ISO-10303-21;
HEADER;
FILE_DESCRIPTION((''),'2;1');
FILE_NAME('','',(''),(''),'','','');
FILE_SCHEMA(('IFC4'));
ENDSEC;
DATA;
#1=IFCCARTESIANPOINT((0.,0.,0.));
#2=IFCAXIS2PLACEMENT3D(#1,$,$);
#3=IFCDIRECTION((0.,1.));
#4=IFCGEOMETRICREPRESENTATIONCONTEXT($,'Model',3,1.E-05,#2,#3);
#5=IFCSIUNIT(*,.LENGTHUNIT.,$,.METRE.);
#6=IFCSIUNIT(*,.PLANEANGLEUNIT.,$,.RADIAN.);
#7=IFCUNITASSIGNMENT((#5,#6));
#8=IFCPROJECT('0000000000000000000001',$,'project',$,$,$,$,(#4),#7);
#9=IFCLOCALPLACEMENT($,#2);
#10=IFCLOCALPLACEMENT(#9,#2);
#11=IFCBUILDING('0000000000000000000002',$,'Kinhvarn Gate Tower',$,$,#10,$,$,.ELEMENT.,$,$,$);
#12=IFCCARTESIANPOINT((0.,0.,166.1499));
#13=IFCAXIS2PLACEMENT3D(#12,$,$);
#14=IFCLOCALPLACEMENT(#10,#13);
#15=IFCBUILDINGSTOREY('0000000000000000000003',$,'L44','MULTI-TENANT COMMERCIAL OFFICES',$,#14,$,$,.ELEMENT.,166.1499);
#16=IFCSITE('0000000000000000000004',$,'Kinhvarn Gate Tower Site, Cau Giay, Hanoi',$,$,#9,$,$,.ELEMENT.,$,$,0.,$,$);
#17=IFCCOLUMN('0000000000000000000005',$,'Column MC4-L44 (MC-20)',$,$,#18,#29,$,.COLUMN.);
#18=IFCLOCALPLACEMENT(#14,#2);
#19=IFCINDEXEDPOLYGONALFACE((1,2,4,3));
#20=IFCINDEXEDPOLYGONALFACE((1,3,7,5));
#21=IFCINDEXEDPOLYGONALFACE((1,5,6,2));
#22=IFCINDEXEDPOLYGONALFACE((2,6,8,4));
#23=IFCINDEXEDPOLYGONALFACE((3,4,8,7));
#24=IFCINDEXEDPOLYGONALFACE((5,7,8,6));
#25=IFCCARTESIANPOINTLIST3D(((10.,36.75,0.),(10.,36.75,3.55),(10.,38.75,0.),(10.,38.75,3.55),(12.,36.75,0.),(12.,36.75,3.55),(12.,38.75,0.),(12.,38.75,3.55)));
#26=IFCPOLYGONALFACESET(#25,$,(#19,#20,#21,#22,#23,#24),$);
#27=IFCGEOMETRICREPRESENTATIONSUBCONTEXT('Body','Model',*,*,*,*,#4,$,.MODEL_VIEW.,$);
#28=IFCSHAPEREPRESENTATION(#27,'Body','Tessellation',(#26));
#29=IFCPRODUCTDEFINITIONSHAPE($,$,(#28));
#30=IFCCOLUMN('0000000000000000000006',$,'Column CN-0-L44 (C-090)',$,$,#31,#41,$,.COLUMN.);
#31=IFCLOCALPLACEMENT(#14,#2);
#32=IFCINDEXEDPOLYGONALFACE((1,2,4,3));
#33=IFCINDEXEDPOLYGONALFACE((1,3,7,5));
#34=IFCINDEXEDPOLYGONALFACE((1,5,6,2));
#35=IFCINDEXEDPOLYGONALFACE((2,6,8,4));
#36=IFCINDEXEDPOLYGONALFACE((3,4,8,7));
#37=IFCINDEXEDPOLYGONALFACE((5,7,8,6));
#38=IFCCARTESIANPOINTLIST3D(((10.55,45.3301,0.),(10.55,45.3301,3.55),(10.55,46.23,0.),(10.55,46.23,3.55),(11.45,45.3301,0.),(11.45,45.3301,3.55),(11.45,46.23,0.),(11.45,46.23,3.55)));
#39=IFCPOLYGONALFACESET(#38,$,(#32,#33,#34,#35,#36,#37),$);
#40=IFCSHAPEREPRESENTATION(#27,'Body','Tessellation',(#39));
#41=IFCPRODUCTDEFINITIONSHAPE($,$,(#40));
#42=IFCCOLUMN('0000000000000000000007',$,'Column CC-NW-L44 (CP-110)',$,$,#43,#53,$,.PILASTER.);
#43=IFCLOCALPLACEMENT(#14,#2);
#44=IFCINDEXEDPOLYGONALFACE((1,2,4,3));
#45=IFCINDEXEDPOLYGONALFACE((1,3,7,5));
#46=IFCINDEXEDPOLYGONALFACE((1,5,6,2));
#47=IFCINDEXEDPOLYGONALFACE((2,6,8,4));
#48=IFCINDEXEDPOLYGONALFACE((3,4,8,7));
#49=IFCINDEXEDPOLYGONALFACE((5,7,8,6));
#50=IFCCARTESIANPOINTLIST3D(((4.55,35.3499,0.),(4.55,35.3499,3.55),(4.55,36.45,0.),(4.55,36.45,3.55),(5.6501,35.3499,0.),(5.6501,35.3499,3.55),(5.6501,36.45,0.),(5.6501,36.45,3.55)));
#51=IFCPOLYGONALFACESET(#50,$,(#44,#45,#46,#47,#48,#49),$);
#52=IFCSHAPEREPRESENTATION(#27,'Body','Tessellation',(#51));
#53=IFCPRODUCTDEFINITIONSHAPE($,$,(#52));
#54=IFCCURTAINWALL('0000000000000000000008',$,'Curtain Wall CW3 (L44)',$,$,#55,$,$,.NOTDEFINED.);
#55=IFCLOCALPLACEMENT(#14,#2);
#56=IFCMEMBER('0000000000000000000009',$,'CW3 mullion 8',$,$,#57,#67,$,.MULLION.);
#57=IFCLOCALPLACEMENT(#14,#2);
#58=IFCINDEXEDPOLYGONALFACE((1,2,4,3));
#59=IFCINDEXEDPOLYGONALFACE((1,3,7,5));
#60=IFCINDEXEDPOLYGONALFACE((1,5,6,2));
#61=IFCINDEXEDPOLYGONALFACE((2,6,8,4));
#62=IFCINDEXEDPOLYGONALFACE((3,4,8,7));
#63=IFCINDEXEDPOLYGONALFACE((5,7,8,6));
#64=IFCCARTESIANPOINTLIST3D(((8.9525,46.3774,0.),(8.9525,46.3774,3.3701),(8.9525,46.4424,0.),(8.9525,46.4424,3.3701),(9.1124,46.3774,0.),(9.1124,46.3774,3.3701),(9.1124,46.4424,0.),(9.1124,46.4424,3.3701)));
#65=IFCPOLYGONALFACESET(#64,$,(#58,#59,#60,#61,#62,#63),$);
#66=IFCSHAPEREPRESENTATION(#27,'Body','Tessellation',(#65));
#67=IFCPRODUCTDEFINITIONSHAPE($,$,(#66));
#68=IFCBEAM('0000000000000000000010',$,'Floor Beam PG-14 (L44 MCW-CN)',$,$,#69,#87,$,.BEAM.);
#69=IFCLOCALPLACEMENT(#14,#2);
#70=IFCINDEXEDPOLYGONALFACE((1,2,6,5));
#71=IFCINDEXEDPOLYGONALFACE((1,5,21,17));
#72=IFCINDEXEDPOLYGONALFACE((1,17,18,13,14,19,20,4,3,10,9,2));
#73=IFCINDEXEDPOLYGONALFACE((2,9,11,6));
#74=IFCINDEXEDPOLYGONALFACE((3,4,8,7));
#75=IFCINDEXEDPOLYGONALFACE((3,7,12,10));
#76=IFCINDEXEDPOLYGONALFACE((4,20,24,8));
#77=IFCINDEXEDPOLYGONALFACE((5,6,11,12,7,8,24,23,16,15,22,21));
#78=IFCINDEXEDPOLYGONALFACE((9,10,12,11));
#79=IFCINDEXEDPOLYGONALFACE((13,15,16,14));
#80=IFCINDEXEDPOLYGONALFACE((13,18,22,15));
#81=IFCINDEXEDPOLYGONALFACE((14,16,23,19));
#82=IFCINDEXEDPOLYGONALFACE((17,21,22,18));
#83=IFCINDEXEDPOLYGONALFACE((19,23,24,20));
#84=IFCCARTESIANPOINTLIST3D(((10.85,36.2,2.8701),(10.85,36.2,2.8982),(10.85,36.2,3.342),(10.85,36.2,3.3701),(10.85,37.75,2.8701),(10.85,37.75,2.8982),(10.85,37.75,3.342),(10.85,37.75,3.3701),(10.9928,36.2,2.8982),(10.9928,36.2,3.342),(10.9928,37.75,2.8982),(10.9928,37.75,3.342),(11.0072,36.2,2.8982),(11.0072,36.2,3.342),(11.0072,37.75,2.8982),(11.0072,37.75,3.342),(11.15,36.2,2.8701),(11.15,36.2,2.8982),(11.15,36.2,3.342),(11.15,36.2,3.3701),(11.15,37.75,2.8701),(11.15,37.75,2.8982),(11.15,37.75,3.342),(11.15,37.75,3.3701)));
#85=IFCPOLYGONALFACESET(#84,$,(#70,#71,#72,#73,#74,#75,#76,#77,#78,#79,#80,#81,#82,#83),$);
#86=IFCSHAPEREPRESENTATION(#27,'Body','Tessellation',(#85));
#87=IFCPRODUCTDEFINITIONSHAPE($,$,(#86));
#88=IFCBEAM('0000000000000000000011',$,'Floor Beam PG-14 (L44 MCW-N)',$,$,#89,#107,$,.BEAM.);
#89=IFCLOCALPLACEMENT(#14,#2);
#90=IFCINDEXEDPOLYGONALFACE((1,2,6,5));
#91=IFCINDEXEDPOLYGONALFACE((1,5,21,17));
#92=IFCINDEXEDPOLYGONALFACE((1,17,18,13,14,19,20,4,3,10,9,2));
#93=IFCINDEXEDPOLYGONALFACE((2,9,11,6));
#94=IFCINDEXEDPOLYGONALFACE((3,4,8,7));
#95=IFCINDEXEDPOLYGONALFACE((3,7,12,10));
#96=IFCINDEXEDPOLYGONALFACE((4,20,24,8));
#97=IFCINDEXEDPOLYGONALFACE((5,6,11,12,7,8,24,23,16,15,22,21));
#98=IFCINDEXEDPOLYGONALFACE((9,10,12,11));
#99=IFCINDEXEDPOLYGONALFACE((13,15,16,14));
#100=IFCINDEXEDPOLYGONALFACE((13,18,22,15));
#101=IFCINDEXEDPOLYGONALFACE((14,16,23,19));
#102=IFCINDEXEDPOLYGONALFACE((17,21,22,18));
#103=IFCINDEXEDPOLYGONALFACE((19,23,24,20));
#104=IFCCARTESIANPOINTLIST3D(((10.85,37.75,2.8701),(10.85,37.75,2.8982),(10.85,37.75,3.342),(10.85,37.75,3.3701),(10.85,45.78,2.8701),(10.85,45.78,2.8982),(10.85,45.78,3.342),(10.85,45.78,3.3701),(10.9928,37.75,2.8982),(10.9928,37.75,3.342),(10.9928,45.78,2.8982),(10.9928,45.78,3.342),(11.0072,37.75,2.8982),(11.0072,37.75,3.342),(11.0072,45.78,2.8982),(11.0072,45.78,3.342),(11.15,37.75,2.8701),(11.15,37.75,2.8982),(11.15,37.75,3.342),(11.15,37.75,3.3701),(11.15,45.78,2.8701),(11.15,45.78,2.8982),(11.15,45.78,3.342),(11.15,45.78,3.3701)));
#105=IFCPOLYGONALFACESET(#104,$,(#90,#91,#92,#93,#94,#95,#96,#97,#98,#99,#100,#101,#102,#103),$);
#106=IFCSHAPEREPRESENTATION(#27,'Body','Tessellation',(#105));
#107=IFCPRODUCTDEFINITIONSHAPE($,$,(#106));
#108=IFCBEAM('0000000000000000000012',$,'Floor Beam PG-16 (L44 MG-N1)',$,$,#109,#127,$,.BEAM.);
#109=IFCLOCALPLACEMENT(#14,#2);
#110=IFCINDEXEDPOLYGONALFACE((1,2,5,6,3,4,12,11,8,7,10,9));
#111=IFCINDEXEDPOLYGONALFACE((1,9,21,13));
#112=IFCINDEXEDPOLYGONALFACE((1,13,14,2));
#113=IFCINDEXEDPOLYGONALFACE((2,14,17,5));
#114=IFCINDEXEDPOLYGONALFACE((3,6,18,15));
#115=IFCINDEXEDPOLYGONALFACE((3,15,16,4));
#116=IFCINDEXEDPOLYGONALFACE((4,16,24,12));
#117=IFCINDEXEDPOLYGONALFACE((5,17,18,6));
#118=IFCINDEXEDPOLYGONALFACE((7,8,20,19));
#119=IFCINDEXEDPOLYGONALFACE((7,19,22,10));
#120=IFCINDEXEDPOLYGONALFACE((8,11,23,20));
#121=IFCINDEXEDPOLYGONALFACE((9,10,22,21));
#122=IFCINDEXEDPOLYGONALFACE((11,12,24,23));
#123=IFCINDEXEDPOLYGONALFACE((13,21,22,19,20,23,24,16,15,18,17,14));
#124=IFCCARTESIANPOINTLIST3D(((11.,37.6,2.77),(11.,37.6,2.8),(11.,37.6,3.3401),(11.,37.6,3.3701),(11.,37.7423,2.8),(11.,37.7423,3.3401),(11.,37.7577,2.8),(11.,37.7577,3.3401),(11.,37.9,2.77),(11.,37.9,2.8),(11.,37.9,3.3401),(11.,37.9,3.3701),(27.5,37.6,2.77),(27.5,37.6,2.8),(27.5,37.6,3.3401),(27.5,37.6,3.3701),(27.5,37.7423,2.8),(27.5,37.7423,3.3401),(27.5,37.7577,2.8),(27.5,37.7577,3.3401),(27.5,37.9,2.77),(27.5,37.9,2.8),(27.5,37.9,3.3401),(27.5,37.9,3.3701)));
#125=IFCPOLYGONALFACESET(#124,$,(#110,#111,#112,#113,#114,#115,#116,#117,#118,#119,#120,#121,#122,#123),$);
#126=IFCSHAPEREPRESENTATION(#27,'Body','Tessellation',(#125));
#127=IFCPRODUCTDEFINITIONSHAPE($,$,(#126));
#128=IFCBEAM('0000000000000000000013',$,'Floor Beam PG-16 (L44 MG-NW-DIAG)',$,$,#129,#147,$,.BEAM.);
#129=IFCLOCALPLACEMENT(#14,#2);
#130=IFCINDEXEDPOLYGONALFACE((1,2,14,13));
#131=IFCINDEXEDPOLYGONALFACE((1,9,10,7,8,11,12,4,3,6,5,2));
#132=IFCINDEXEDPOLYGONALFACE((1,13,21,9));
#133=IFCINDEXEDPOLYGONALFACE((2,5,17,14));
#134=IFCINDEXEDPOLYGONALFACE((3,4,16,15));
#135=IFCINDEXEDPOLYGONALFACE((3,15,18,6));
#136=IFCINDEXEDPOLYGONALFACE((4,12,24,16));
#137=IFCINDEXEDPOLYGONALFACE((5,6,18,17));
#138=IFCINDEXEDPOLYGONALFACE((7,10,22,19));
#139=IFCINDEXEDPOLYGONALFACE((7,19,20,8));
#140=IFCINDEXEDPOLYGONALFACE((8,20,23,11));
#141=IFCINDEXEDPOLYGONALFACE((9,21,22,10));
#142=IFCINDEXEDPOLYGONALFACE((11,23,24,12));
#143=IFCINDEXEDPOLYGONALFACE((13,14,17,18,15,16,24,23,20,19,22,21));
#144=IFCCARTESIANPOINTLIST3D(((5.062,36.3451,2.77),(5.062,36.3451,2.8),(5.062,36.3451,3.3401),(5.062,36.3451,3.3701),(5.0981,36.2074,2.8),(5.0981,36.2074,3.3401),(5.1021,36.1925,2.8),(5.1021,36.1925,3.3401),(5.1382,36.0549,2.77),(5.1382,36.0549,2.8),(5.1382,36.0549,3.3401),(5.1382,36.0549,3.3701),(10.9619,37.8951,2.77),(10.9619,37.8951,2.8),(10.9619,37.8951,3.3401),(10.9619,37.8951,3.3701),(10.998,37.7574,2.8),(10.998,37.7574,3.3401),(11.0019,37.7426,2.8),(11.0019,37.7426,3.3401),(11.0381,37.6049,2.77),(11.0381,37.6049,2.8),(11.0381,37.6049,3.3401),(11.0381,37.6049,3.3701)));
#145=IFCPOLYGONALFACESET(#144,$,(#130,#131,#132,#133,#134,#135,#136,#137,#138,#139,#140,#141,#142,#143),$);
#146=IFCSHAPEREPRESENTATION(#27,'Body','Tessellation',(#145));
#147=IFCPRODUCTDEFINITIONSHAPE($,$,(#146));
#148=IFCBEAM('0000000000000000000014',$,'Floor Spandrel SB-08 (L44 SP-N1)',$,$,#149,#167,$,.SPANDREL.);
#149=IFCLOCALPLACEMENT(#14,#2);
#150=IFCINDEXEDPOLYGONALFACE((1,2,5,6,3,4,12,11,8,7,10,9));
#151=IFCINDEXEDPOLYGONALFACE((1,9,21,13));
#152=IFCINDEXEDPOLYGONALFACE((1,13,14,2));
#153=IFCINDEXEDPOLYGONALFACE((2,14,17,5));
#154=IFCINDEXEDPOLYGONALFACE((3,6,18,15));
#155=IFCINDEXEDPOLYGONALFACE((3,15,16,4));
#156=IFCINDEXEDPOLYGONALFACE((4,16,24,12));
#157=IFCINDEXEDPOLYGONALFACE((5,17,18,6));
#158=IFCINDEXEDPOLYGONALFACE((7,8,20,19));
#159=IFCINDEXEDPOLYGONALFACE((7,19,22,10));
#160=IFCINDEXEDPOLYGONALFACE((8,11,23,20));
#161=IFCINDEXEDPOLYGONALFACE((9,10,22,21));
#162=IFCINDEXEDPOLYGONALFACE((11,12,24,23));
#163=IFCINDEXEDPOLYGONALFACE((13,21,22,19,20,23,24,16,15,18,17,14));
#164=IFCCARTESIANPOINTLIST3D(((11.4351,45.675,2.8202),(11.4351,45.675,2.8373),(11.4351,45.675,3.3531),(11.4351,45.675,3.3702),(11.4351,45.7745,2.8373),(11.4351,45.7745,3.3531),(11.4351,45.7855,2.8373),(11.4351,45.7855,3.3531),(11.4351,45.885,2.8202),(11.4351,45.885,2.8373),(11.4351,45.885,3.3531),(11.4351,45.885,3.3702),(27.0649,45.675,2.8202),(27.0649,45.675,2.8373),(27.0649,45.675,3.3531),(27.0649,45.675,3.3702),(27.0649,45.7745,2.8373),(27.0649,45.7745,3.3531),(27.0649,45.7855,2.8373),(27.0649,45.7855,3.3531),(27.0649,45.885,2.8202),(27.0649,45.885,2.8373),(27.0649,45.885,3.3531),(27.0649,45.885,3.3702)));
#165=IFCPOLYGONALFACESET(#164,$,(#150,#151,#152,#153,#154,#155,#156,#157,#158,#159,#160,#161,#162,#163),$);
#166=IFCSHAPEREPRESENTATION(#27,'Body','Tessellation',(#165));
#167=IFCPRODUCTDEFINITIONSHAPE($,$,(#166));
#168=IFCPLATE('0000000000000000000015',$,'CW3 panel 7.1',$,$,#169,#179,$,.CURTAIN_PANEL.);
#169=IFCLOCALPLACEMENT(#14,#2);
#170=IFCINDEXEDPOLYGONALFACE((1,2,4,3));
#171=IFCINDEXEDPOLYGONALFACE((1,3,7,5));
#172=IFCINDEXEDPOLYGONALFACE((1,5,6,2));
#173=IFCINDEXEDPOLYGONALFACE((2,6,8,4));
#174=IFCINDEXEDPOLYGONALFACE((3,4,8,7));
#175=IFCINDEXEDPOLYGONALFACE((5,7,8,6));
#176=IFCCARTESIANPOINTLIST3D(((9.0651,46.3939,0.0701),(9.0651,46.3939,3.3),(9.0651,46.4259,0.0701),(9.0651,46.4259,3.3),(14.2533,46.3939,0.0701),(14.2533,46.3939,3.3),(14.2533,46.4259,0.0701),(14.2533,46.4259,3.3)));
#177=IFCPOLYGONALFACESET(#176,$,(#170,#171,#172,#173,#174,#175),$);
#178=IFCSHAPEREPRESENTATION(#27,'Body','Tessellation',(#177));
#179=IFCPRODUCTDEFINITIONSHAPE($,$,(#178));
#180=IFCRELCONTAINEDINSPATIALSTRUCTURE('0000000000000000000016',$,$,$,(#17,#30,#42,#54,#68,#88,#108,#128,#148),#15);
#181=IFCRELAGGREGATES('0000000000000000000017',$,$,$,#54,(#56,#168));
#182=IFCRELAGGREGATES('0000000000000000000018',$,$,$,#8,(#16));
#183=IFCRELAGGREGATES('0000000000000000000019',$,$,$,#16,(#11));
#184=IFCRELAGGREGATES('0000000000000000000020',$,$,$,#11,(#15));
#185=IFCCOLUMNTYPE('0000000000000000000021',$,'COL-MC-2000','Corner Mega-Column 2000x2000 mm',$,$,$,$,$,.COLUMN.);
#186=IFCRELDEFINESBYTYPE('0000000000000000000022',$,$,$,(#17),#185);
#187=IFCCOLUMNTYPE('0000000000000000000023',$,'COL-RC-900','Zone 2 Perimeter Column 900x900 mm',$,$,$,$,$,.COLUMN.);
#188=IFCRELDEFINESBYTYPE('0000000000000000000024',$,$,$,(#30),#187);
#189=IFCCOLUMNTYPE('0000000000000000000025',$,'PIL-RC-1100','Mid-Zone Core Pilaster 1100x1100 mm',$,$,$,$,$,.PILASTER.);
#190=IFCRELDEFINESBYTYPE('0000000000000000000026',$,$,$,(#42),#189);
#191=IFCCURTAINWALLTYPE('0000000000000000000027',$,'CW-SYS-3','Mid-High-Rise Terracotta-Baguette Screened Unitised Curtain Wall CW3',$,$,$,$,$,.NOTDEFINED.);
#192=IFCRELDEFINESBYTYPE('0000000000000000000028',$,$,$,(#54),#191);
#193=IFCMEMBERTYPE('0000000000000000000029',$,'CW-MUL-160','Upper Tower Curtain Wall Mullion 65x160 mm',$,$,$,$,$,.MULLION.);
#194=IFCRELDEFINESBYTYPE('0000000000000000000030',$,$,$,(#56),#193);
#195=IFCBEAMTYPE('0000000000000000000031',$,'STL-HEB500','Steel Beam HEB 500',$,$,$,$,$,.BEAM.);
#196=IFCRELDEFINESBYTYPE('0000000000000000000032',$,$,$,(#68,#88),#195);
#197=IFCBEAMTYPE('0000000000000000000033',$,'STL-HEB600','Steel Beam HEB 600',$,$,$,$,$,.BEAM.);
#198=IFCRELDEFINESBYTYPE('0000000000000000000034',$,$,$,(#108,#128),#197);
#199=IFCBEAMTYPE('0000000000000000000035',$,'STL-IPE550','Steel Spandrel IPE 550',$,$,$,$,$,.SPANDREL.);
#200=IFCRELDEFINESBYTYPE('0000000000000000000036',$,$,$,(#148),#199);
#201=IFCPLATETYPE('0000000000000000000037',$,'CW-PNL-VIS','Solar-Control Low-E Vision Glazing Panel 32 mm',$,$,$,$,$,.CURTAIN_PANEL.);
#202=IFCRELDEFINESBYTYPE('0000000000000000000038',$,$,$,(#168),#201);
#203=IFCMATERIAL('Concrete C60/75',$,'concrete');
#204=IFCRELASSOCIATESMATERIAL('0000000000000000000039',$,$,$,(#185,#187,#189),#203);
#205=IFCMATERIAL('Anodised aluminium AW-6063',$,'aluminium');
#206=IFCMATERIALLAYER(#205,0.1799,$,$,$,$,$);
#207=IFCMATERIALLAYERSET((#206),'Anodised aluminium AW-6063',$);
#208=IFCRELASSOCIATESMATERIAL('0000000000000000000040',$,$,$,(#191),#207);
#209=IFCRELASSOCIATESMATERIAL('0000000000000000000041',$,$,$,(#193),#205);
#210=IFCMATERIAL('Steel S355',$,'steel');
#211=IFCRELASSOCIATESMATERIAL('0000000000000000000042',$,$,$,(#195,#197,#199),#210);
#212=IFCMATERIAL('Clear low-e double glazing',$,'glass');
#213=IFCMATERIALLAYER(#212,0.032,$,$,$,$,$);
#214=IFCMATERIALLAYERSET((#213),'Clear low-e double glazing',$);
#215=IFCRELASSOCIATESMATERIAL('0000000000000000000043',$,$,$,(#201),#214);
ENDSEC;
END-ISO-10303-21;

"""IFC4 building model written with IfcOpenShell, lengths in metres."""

from ifc_helpers import new_model, si_unit, direction, frame, origin, origin_2d, place, context, subcontext, project, spatial, rectangle, i_section, extrude, material, layer, layer_set, material_profile, profile_set, type_object, element, aggregate, save


model = new_model("IFC4")

# Units and contexts
model_context = context("Model", 3, precision=1e-05, world=origin(), true_north=direction((0.0, 1.0)))
body_context = subcontext(model_context, "Body", "Model", "MODEL_VIEW")
ifc_project = project(units=[si_unit("LENGTHUNIT", "METRE"), si_unit("PLANEANGLEUNIT", "RADIAN")], contexts=[model_context])

# Site, building, storey
site_placement = place(None, origin())
site = spatial("IfcSite", under=ifc_project, at=site_placement, Name="Kinhvarn Gate Tower Site, Cau Giay, Hanoi", CompositionType="ELEMENT", RefElevation=0.0)
building_placement = place(site_placement, origin())
building = spatial("IfcBuilding", under=site, at=building_placement, Name="Kinhvarn Gate Tower", CompositionType="ELEMENT")
storey_placement = place(building_placement, frame((0.0, 0.0, 166.1499)))
storey = spatial("IfcBuildingStorey", under=building, at=storey_placement, Name="L44", Description="MULTI-TENANT COMMERCIAL OFFICES", CompositionType="ELEMENT", Elevation=166.1499)

# Columns
ifc_material_1 = material(Name="Concrete C60/75", Category="concrete")
ifc_material_profile_1 = material_profile(ifc_material_1, rectangle(XDim=2.0, YDim=2.0, at=origin_2d()), Name="RC 2000x2000")
ifc_profile_set_1 = profile_set([ifc_material_profile_1], Name="Concrete C60/75")
column_type_1 = type_object("IfcColumnType", Name="COL-MC-2000", Description="Corner Mega-Column 2000x2000 mm", PredefinedType="COLUMN", material=ifc_profile_set_1)
column_1_placement = place(storey_placement, frame((11.0, 37.75, 0.0), z_axis=(0.0, 0.0, 1.0), x_axis=(1.0, 0.0, 0.0)))
element("IfcColumn", 1, at=column_1_placement, inside=storey, type_object=column_type_1, Name="Column MC4-L44 (MC-20)", PredefinedType="COLUMN", context=body_context, shape_type="SweptSolid", body=[
    extrude(rectangle(XDim=2.0, YDim=2.0, at=origin_2d()), origin(), (0.0, 0.0, 1.0), 3.55),
])
ifc_material_profile_2 = material_profile(ifc_material_1, rectangle(XDim=0.8999, YDim=0.8999, at=origin_2d()), Name="RC 900x900")
ifc_profile_set_2 = profile_set([ifc_material_profile_2], Name="Concrete C60/75")
column_type_2 = type_object("IfcColumnType", Name="COL-RC-900", Description="Zone 2 Perimeter Column 900x900 mm", PredefinedType="COLUMN", material=ifc_profile_set_2)
column_2_placement = place(storey_placement, frame((11.0, 45.78, 0.0), z_axis=(0.0, 0.0, 1.0), x_axis=(1.0, 0.0, 0.0)))
element("IfcColumn", 2, at=column_2_placement, inside=storey, type_object=column_type_2, Name="Column CN-0-L44 (C-090)", PredefinedType="COLUMN", context=body_context, shape_type="SweptSolid", body=[
    extrude(rectangle(XDim=0.8999, YDim=0.8999, at=origin_2d()), origin(), (0.0, 0.0, 1.0), 3.55),
])
ifc_material_profile_3 = material_profile(ifc_material_1, rectangle(XDim=1.1001, YDim=1.1001, at=origin_2d()), Name="RC 1100x1100")
ifc_profile_set_3 = profile_set([ifc_material_profile_3], Name="Concrete C60/75")
column_type_3 = type_object("IfcColumnType", Name="PIL-RC-1100", Description="Mid-Zone Core Pilaster 1100x1100 mm", PredefinedType="PILASTER", material=ifc_profile_set_3)
column_3_placement = place(storey_placement, frame((5.1001, 35.8999, 0.0), z_axis=(0.0, 0.0, 1.0), x_axis=(1.0, 0.0, 0.0)))
element("IfcColumn", 3, at=column_3_placement, inside=storey, type_object=column_type_3, Name="Column CC-NW-L44 (CP-110)", PredefinedType="PILASTER", context=body_context, shape_type="SweptSolid", body=[
    extrude(rectangle(XDim=1.1001, YDim=1.1001, at=origin_2d()), origin(), (0.0, 0.0, 1.0), 3.55),
])

# Curtain wall, member
ifc_material_2 = material(Name="Anodised aluminium AW-6063", Category="aluminium")
ifc_layer_1 = layer(ifc_material_2, 0.1799)
ifc_layer_set_1 = layer_set([ifc_layer_1], Name="Anodised aluminium AW-6063")
curtain_wall_type = type_object("IfcCurtainWallType", Name="CW-SYS-3", Description="Mid-High-Rise Terracotta-Baguette Screened Unitised Curtain Wall CW3", PredefinedType="NOTDEFINED", material=ifc_layer_set_1)
curtain_wall_placement = place(storey_placement, origin())
curtain_wall = element("IfcCurtainWall", 4, at=curtain_wall_placement, inside=storey, type_object=curtain_wall_type, Name="Curtain Wall CW3 (L44)", PredefinedType="NOTDEFINED")
ifc_material_profile_4 = material_profile(ifc_material_2, rectangle(XDim=0.0649, YDim=0.1599, at=origin_2d()), Name="ALU 65x160")
ifc_profile_set_4 = profile_set([ifc_material_profile_4], Name="Anodised aluminium AW-6063")
member_type = type_object("IfcMemberType", Name="CW-MUL-160", Description="Upper Tower Curtain Wall Mullion 65x160 mm", PredefinedType="MULLION", material=ifc_profile_set_4)
member_placement = place(storey_placement, frame((9.0325, 46.4099, 0.0), z_axis=(0.0, 0.0, 1.0), x_axis=(0.0, -1.0, 0.0)))
member = element("IfcMember", 5, at=member_placement, type_object=member_type, Name="CW3 mullion 8", PredefinedType="MULLION", context=body_context, shape_type="SweptSolid", body=[
    extrude(rectangle(XDim=0.0649, YDim=0.1599, at=origin_2d()), origin(), (0.0, 0.0, 1.0), 3.3701),
])

# Beams
ifc_material_3 = material(Name="Steel S355", Category="steel")
ifc_material_profile_5 = material_profile(ifc_material_3, i_section(OverallWidth=0.3, OverallDepth=0.5, WebThickness=0.0144, FlangeThickness=0.0281, at=origin_2d()), Name="HEB 500")
ifc_profile_set_5 = profile_set([ifc_material_profile_5], Name="Steel S355")
beam_type_1 = type_object("IfcBeamType", Name="STL-HEB500", Description="Steel Beam HEB 500", PredefinedType="BEAM", material=ifc_profile_set_5)
beam_1_placement = place(storey_placement, frame((11.0, 36.2, 3.1201), z_axis=(0.0, 1.0, 0.0), x_axis=(-1.0, 0.0, 0.0)))
element("IfcBeam", 6, at=beam_1_placement, inside=storey, type_object=beam_type_1, Name="Floor Beam PG-14 (L44 MCW-CN)", PredefinedType="BEAM", context=body_context, shape_type="SweptSolid", body=[
    extrude(i_section(OverallWidth=0.3, OverallDepth=0.5, WebThickness=0.0144, FlangeThickness=0.0281, at=origin_2d()), origin(), (0.0, 0.0, 1.0), 1.55),
])
beam_2_placement = place(storey_placement, frame((11.0, 37.75, 3.1201), z_axis=(0.0, 1.0, 0.0), x_axis=(-1.0, 0.0, 0.0)))
element("IfcBeam", 7, at=beam_2_placement, inside=storey, type_object=beam_type_1, Name="Floor Beam PG-14 (L44 MCW-N)", PredefinedType="BEAM", context=body_context, shape_type="SweptSolid", body=[
    extrude(i_section(OverallWidth=0.3, OverallDepth=0.5, WebThickness=0.0144, FlangeThickness=0.0281, at=origin_2d()), origin(), (0.0, 0.0, 1.0), 8.03),
])
ifc_material_profile_6 = material_profile(ifc_material_3, i_section(OverallWidth=0.3, OverallDepth=0.6001, WebThickness=0.0154, FlangeThickness=0.03, at=origin_2d()), Name="HEB 600")
ifc_profile_set_6 = profile_set([ifc_material_profile_6], Name="Steel S355")
beam_type_2 = type_object("IfcBeamType", Name="STL-HEB600", Description="Steel Beam HEB 600", PredefinedType="BEAM", material=ifc_profile_set_6)
beam_3_placement = place(storey_placement, frame((11.0, 37.75, 3.0701), z_axis=(1.0, 0.0, 0.0), x_axis=(0.0, 1.0, 0.0)))
element("IfcBeam", 8, at=beam_3_placement, inside=storey, type_object=beam_type_2, Name="Floor Beam PG-16 (L44 MG-N1)", PredefinedType="BEAM", context=body_context, shape_type="SweptSolid", body=[
    extrude(i_section(OverallWidth=0.3, OverallDepth=0.6001, WebThickness=0.0154, FlangeThickness=0.03, at=origin_2d()), origin(), (0.0, 0.0, 1.0), 16.5),
])
beam_4_placement = place(storey_placement, frame((5.1001, 36.2, 3.0701), z_axis=(0.967178, 0.254101, 0.0), x_axis=(-0.254101, 0.967178, 0.0)))
element("IfcBeam", 9, at=beam_4_placement, inside=storey, type_object=beam_type_2, Name="Floor Beam PG-16 (L44 MG-NW-DIAG)", PredefinedType="BEAM", context=body_context, shape_type="SweptSolid", body=[
    extrude(i_section(OverallWidth=0.3, OverallDepth=0.6001, WebThickness=0.0154, FlangeThickness=0.03, at=origin_2d()), origin(), (0.0, 0.0, 1.0), 6.1001),
])
ifc_material_profile_7 = material_profile(ifc_material_3, i_section(OverallWidth=0.21, OverallDepth=0.55, WebThickness=0.011, FlangeThickness=0.0171, at=origin_2d()), Name="IPE 550")
ifc_profile_set_7 = profile_set([ifc_material_profile_7], Name="Steel S355")
beam_type_3 = type_object("IfcBeamType", Name="STL-IPE550", Description="Steel Spandrel IPE 550", PredefinedType="SPANDREL", material=ifc_profile_set_7)
beam_5_placement = place(storey_placement, frame((11.4351, 45.78, 3.0952), z_axis=(1.0, 0.0, 0.0), x_axis=(0.0, 1.0, 0.0)))
element("IfcBeam", 10, at=beam_5_placement, inside=storey, type_object=beam_type_3, Name="Floor Spandrel SB-08 (L44 SP-N1)", PredefinedType="SPANDREL", context=body_context, shape_type="SweptSolid", body=[
    extrude(i_section(OverallWidth=0.21, OverallDepth=0.55, WebThickness=0.011, FlangeThickness=0.0171, at=origin_2d()), origin(), (0.0, 0.0, 1.0), 15.6299),
])

# Plate
ifc_material_4 = material(Name="Clear low-e double glazing", Category="glass")
ifc_layer_2 = layer(ifc_material_4, 0.032)
ifc_layer_set_2 = layer_set([ifc_layer_2], Name="Clear low-e double glazing")
plate_type = type_object("IfcPlateType", Name="CW-PNL-VIS", Description="Solar-Control Low-E Vision Glazing Panel 32 mm", PredefinedType="CURTAIN_PANEL", material=ifc_layer_set_2)
plate_placement = place(storey_placement, frame((11.6592, 46.4099, 0.0701), z_axis=(0.0, 0.0, 1.0), x_axis=(-1.0, 0.0, 0.0)))
plate = element("IfcPlate", 11, at=plate_placement, type_object=plate_type, Name="CW3 panel 7.1", PredefinedType="CURTAIN_PANEL", context=body_context, shape_type="SweptSolid", body=[
    extrude(rectangle(XDim=5.1882, YDim=0.032, at=origin_2d()), origin(), (0.0, 0.0, 1.0), 3.23),
])
aggregate(curtain_wall, [member, plate])

save(model, "model.ifc")
